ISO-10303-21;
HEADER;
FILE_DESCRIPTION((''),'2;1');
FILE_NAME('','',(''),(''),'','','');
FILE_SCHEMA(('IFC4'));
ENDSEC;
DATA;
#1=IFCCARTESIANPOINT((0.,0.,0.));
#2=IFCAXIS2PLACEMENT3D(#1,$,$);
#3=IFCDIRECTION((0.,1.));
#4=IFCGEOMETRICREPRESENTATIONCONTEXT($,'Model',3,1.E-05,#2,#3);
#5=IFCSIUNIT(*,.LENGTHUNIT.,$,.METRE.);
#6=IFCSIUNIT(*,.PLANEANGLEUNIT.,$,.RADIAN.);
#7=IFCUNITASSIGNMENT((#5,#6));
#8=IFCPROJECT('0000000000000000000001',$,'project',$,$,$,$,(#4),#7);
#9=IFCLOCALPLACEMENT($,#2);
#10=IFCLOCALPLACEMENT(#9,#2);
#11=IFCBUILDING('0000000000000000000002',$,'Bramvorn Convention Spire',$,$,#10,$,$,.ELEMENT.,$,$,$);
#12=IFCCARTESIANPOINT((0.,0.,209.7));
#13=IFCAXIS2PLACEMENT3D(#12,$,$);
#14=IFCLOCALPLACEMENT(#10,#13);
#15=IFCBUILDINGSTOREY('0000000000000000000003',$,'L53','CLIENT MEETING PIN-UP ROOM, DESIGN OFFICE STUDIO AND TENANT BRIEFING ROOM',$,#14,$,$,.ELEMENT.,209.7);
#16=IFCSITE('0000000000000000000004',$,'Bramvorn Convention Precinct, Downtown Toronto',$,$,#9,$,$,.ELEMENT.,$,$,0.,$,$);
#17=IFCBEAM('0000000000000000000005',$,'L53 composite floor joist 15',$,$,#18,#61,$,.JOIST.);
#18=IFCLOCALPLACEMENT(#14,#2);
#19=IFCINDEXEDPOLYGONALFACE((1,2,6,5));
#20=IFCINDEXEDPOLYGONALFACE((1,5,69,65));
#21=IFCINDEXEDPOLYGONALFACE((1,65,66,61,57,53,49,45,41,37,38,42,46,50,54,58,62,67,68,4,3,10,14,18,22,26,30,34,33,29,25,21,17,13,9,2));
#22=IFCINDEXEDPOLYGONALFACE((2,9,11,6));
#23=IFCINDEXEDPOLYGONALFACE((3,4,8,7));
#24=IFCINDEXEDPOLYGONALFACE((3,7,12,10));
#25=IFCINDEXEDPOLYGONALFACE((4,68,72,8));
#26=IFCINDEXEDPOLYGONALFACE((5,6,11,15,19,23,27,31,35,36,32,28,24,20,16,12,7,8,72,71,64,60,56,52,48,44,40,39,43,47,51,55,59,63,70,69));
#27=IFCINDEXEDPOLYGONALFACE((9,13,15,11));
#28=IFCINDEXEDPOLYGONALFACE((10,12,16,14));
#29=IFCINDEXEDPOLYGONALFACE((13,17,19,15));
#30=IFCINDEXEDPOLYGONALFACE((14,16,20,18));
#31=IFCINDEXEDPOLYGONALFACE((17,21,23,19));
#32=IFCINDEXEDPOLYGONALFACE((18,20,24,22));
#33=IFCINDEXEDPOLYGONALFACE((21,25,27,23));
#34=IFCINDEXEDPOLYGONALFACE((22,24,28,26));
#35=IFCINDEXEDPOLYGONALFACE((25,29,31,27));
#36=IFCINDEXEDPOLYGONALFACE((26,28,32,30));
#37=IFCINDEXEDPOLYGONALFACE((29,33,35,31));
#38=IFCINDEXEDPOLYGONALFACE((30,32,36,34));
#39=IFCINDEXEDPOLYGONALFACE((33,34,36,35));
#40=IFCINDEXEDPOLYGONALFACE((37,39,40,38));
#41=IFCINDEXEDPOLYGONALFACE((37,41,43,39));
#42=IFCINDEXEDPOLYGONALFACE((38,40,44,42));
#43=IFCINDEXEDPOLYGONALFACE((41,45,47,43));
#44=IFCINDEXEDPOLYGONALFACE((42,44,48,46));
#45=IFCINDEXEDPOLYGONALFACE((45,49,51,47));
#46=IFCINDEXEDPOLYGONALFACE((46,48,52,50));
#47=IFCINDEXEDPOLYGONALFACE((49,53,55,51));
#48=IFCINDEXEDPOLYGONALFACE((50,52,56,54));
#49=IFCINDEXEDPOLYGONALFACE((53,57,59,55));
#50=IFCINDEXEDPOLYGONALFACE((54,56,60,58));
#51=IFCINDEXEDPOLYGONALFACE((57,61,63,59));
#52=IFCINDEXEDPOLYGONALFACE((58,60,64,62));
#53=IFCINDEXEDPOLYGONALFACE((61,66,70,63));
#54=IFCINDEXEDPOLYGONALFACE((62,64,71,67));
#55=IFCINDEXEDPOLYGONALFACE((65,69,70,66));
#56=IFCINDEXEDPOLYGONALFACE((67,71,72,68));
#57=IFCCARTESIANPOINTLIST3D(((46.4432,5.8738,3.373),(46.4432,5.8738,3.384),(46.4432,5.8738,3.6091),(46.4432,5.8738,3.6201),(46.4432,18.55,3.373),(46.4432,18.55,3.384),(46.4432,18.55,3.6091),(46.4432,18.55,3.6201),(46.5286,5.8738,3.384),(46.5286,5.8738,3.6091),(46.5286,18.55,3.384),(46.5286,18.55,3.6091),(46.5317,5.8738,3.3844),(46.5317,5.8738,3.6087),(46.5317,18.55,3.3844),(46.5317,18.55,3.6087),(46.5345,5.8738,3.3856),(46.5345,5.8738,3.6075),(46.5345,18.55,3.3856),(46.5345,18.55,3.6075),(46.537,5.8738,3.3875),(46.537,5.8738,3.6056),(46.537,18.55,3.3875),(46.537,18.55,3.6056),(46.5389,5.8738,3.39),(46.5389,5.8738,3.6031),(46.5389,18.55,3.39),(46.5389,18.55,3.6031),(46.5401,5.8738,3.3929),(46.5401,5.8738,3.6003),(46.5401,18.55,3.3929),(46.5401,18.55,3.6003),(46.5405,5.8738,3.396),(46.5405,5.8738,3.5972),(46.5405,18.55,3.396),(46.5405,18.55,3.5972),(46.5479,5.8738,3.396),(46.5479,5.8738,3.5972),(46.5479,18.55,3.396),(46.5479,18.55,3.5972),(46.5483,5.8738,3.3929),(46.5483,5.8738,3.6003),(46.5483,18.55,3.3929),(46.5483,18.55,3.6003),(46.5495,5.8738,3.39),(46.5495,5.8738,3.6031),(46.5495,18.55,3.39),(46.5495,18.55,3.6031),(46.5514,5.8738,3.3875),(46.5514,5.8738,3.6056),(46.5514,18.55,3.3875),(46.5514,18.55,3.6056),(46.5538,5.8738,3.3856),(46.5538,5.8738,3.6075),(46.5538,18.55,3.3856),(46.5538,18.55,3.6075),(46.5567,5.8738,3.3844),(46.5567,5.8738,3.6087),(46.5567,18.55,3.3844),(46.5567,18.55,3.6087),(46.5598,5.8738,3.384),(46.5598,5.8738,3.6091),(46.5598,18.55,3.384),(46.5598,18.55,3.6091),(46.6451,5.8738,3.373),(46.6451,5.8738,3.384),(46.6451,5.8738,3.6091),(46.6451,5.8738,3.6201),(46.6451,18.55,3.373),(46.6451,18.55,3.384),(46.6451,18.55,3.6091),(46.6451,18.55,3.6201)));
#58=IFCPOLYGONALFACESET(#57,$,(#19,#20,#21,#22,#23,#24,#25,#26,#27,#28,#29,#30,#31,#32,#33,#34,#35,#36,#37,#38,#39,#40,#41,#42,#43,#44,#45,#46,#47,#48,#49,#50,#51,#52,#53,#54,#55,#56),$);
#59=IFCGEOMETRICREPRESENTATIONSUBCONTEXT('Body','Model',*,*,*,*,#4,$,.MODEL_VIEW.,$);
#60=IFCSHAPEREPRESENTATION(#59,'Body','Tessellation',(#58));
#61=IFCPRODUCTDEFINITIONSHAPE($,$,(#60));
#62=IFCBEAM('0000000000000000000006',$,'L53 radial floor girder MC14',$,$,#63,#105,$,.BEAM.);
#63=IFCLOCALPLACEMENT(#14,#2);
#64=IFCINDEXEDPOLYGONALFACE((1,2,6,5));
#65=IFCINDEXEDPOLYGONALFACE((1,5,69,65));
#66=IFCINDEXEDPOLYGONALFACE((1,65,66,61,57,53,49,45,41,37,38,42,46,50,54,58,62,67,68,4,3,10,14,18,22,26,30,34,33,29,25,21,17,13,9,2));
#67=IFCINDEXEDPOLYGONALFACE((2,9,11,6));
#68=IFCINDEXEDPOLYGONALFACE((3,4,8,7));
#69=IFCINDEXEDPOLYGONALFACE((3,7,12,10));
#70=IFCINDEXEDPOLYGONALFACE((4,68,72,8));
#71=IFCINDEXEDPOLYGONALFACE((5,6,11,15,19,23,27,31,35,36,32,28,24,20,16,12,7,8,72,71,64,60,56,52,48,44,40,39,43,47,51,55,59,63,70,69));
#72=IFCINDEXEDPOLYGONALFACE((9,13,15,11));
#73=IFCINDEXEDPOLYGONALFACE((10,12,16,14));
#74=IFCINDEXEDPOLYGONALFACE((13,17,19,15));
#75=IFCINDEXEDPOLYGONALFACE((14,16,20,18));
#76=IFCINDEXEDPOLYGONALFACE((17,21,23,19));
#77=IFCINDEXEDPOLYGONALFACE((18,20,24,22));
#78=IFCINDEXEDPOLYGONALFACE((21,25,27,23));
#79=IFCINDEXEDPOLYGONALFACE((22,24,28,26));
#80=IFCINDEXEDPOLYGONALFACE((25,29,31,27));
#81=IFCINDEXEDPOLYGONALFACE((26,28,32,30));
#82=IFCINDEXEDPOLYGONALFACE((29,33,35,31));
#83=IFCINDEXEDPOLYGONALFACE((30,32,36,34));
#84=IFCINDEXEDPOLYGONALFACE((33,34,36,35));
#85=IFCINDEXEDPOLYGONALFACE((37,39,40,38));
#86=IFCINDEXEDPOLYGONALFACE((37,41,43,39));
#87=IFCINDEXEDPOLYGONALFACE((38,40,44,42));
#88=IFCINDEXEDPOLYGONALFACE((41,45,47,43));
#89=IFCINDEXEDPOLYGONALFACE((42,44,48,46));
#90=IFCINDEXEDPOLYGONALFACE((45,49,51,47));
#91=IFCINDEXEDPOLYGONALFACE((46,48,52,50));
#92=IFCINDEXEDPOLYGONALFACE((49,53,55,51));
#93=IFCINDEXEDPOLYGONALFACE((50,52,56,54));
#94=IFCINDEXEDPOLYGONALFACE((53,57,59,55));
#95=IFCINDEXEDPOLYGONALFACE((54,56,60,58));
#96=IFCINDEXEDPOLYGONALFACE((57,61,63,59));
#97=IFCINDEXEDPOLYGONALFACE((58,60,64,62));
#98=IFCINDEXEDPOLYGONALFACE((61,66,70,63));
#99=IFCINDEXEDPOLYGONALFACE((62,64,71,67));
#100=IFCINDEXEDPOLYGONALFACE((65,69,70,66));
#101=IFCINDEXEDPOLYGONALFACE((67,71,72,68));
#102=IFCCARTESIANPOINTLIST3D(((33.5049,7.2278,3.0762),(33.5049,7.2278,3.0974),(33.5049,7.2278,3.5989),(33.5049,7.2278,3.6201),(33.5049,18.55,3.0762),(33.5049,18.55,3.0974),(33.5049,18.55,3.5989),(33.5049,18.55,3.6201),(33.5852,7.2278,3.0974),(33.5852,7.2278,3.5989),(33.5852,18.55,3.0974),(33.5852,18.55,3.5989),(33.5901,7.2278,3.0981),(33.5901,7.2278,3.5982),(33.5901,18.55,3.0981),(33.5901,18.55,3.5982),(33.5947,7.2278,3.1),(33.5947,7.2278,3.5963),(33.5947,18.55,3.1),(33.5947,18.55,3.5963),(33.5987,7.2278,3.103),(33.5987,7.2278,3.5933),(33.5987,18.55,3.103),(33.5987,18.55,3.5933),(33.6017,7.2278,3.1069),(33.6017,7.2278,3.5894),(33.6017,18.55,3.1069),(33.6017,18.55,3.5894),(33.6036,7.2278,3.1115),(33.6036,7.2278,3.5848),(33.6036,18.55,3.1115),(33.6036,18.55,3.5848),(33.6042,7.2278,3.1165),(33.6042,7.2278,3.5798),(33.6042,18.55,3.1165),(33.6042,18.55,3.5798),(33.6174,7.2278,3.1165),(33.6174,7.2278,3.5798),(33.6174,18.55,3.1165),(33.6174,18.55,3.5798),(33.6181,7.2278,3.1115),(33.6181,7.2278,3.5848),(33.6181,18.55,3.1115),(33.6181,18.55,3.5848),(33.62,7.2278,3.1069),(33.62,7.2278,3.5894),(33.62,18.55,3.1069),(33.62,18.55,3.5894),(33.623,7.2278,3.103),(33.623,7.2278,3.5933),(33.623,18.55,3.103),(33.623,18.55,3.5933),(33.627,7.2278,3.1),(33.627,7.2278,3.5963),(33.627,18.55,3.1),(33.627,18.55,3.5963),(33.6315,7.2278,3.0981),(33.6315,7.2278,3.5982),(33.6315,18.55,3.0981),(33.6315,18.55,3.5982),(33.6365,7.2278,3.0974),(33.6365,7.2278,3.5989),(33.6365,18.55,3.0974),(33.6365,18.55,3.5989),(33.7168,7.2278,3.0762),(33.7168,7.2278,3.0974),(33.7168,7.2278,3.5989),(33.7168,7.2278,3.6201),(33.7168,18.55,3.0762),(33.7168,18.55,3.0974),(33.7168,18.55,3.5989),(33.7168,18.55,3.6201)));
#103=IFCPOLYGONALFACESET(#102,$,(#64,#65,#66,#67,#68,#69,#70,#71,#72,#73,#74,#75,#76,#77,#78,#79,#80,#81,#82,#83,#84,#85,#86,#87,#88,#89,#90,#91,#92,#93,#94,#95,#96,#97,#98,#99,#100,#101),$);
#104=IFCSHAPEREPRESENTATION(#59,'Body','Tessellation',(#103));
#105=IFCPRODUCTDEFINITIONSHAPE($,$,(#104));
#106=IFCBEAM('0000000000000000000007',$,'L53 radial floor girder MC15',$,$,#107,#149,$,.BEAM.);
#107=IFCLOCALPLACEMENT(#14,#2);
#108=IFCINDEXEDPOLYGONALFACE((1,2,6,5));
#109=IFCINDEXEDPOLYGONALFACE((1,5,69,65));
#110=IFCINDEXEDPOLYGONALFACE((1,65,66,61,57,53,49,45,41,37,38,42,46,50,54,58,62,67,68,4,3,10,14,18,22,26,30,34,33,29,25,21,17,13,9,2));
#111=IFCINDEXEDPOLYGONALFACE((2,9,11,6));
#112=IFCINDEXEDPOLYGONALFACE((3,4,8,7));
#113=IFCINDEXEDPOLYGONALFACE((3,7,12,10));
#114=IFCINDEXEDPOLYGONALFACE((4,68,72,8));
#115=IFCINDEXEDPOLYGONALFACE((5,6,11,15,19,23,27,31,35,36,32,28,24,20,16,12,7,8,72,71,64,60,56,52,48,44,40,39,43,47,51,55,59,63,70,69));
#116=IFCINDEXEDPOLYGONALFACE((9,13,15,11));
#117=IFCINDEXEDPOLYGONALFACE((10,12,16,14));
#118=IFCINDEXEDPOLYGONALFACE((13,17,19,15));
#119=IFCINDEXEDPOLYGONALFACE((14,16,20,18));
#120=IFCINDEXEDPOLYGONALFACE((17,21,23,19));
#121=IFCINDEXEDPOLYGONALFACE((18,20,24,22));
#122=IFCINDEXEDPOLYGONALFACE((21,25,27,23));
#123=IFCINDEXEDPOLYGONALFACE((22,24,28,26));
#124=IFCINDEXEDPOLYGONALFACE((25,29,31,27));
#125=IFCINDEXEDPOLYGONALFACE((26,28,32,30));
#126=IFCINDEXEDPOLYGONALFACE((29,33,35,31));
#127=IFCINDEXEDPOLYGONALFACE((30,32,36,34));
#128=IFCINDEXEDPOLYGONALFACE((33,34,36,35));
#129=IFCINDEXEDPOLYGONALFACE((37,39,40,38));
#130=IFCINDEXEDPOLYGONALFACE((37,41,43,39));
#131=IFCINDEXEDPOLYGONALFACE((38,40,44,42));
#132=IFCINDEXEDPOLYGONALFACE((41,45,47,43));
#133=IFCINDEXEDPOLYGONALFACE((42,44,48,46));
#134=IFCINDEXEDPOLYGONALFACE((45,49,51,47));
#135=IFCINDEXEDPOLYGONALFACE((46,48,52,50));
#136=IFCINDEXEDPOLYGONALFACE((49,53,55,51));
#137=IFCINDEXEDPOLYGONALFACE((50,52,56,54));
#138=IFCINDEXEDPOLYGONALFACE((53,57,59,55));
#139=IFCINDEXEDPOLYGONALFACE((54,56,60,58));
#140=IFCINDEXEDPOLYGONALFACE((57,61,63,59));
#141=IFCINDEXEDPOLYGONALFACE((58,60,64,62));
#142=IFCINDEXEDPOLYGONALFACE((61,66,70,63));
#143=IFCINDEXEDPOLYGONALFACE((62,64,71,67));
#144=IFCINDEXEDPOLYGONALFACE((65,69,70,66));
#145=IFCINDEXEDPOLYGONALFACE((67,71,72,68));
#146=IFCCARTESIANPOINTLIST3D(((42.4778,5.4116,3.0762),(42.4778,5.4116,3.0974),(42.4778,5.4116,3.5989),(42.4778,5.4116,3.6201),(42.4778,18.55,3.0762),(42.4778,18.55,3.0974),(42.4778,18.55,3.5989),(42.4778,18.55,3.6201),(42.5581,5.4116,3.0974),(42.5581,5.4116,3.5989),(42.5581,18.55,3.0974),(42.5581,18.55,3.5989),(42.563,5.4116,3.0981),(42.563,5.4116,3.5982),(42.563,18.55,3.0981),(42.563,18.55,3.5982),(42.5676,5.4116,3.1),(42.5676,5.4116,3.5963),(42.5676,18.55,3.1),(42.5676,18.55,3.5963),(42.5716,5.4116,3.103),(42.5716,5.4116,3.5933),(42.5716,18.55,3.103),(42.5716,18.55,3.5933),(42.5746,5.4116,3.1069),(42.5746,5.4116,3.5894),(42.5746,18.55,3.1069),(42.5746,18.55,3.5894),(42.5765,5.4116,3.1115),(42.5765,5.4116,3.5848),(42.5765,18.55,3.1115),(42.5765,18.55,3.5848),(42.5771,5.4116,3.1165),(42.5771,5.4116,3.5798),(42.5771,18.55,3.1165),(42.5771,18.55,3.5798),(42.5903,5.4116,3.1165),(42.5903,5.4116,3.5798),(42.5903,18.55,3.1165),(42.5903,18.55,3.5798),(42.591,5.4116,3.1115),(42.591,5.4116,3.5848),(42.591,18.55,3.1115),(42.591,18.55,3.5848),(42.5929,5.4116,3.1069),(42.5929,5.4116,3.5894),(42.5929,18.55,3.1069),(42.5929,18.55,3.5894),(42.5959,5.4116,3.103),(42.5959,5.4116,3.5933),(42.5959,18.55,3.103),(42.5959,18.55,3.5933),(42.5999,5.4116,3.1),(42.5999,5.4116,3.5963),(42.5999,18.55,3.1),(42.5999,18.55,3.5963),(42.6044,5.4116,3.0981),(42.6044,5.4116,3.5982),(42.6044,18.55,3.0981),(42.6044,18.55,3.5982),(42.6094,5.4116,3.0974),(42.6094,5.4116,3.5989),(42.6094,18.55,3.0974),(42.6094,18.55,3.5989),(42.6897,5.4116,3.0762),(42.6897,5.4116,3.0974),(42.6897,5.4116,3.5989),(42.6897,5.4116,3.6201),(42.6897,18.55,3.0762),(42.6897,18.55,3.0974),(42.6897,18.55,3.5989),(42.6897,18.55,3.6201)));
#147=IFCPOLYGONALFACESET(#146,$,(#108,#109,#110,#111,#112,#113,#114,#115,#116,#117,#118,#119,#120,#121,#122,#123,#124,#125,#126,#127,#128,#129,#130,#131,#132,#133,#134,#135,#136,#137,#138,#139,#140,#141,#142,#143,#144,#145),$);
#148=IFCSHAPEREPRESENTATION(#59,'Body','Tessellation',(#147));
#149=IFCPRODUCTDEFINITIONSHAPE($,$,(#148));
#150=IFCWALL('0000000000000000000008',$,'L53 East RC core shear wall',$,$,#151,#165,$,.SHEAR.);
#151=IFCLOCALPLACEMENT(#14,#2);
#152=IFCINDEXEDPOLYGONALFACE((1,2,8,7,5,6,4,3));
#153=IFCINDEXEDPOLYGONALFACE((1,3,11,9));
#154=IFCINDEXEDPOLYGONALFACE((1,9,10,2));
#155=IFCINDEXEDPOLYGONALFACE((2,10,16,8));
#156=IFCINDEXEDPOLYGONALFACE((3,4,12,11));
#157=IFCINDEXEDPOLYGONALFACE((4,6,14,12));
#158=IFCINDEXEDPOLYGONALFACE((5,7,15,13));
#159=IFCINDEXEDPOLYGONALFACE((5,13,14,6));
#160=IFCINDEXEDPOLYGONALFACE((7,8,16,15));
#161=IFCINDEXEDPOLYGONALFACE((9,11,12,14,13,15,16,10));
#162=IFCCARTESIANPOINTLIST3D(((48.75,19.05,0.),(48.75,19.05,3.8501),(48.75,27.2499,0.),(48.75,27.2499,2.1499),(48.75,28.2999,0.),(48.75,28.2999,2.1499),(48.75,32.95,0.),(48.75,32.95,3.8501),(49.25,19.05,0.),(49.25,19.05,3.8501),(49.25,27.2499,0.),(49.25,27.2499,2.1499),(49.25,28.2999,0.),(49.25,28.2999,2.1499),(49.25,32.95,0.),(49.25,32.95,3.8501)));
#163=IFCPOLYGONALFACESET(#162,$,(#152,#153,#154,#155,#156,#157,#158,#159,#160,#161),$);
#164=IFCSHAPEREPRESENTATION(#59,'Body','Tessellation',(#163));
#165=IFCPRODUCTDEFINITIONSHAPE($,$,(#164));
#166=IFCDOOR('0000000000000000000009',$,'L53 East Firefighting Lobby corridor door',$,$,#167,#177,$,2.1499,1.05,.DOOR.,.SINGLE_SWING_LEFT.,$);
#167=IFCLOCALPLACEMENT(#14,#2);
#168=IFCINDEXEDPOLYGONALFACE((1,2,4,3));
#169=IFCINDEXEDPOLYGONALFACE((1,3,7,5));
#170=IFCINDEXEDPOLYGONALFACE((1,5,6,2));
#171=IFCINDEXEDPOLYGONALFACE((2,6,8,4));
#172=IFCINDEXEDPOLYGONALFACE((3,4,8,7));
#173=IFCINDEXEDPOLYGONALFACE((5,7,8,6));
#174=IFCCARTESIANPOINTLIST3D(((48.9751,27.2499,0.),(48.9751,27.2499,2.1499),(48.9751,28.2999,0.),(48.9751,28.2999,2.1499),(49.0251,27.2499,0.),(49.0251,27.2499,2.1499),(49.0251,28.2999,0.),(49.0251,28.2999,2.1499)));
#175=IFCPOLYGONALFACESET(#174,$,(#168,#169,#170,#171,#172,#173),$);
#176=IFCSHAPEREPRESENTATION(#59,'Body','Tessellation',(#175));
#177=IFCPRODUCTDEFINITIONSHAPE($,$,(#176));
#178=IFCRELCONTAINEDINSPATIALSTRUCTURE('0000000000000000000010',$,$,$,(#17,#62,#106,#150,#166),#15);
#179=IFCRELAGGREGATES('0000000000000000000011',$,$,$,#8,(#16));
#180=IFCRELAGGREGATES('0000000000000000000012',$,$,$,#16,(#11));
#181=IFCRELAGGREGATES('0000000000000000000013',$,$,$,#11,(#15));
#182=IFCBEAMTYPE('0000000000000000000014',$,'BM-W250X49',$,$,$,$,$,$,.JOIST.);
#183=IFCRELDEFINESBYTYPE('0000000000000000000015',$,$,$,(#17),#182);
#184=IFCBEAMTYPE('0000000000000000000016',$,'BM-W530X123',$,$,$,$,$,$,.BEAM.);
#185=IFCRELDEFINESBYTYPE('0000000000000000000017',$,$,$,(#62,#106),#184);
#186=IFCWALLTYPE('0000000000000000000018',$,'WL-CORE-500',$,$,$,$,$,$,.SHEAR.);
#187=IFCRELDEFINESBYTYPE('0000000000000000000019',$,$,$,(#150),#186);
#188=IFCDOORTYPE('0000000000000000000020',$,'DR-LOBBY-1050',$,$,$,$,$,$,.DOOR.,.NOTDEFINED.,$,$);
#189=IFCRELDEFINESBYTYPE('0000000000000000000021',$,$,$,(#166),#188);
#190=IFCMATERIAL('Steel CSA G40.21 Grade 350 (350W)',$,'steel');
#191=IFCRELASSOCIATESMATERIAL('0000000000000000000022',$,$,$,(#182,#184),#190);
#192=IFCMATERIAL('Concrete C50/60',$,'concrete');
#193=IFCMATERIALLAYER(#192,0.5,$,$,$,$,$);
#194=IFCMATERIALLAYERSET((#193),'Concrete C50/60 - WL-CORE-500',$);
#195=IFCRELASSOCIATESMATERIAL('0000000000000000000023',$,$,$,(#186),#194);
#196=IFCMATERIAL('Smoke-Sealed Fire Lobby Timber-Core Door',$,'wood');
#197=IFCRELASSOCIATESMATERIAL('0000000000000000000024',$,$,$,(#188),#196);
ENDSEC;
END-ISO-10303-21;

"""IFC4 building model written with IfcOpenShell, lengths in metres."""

from ifc_helpers import new_model, si_unit, direction, frame, frame_2d, origin, origin_2d, place, context, subcontext, project, spatial, rectangle, i_section, extrude, material, layer, layer_set, material_profile, profile_set, type_object, element, fill, save


model = new_model("IFC4")

# Units and contexts
model_context = context("Model", 3, precision=1e-05, world=origin(), true_north=direction((0.0, 1.0)))
body_context = subcontext(model_context, "Body", "Model", "MODEL_VIEW")
ifc_project = project(units=[si_unit("LENGTHUNIT", "METRE"), si_unit("PLANEANGLEUNIT", "RADIAN")], contexts=[model_context])

# Site, building, storey
site_placement = place(None, origin())
site = spatial("IfcSite", under=ifc_project, at=site_placement, Name="Bramvorn Convention Precinct, Downtown Toronto", CompositionType="ELEMENT", RefElevation=0.0)
building_placement = place(site_placement, origin())
building = spatial("IfcBuilding", under=site, at=building_placement, Name="Bramvorn Convention Spire", CompositionType="ELEMENT")
storey_placement = place(building_placement, frame((0.0, 0.0, 209.7)))
storey = spatial("IfcBuildingStorey", under=building, at=storey_placement, Name="L53", Description="CLIENT MEETING PIN-UP ROOM, DESIGN OFFICE STUDIO AND TENANT BRIEFING ROOM", CompositionType="ELEMENT", Elevation=209.7)

# Beams
ifc_material_1 = material(Name="Steel CSA G40.21 Grade 350 (350W)", Category="steel")
ifc_material_profile_1 = material_profile(ifc_material_1, i_section(OverallWidth=0.2019, OverallDepth=0.2471, WebThickness=0.0073, FlangeThickness=0.011, FilletRadius=0.012, at=origin_2d()))
ifc_profile_set_1 = profile_set([ifc_material_profile_1], Name="Steel CSA G40.21 Grade 350 (350W) - W250X49")
beam_type_1 = type_object("IfcBeamType", Name="BM-W250X49", PredefinedType="JOIST", material=ifc_profile_set_1)
beam_1_placement = place(storey_placement, frame((46.5442, 18.55, 3.4966), z_axis=(0.0, -1.0, 0.0), x_axis=(1.0, 0.0, 0.0)))
element("IfcBeam", 1, at=beam_1_placement, inside=storey, type_object=beam_type_1, Name="L53 composite floor joist 15", PredefinedType="JOIST", context=body_context, shape_type="SweptSolid", body=[
    extrude(i_section(OverallWidth=0.2019, OverallDepth=0.2471, WebThickness=0.0073, FlangeThickness=0.011, FilletRadius=0.012, at=origin_2d()), origin(), (0.0, 0.0, 1.0), 12.6763),
])
ifc_material_profile_2 = material_profile(ifc_material_1, i_section(OverallWidth=0.2119, OverallDepth=0.5439, WebThickness=0.0132, FlangeThickness=0.0212, FilletRadius=0.019, at=origin_2d()))
ifc_profile_set_2 = profile_set([ifc_material_profile_2], Name="Steel CSA G40.21 Grade 350 (350W) - W530X123")
beam_type_2 = type_object("IfcBeamType", Name="BM-W530X123", PredefinedType="BEAM", material=ifc_profile_set_2)
beam_2_placement = place(storey_placement, frame((33.6108, 18.55, 3.3481), z_axis=(0.0, -1.0, 0.0), x_axis=(1.0, 0.0, 0.0)))
element("IfcBeam", 2, at=beam_2_placement, inside=storey, type_object=beam_type_2, Name="L53 radial floor girder MC14", PredefinedType="BEAM", context=body_context, shape_type="SweptSolid", body=[
    extrude(i_section(OverallWidth=0.2119, OverallDepth=0.5439, WebThickness=0.0132, FlangeThickness=0.0212, FilletRadius=0.019, at=origin_2d()), origin(), (0.0, 0.0, 1.0), 11.3223),
])
beam_3_placement = place(storey_placement, frame((42.5837, 18.55, 3.3481), z_axis=(0.0, -1.0, 0.0), x_axis=(1.0, 0.0, 0.0)))
element("IfcBeam", 3, at=beam_3_placement, inside=storey, type_object=beam_type_2, Name="L53 radial floor girder MC15", PredefinedType="BEAM", context=body_context, shape_type="SweptSolid", body=[
    extrude(i_section(OverallWidth=0.2119, OverallDepth=0.5439, WebThickness=0.0132, FlangeThickness=0.0212, FilletRadius=0.019, at=origin_2d()), origin(), (0.0, 0.0, 1.0), 13.1384),
])

# Wall, opening, door
ifc_material_2 = material(Name="Concrete C50/60", Category="concrete")
ifc_layer_1 = layer(ifc_material_2, 0.5)
ifc_layer_set_1 = layer_set([ifc_layer_1], Name="Concrete C50/60 - WL-CORE-500")
wall_type_1 = type_object("IfcWallType", Name="WL-CORE-500", PredefinedType="SHEAR", material=ifc_layer_set_1)
wall_1_placement = place(storey_placement, frame((49.0, 19.05, 0.0), z_axis=(0.0, 0.0, 1.0), x_axis=(0.0, 1.0, 0.0)))
wall_1 = element("IfcWall", 4, at=wall_1_placement, inside=storey, type_object=wall_type_1, Name="L53 East RC core shear wall", PredefinedType="SHEAR", context=body_context, shape_type="SweptSolid", body=[
    extrude(rectangle(XDim=13.8999, YDim=0.5, at=frame_2d((6.95, 0.0))), origin(), (0.0, 0.0, 1.0), 3.8501),
])
opening_1_placement = place(wall_1_placement, frame((8.2, 0.0, 0.0)))
opening_1 = element("IfcOpeningElement", 5, at=opening_1_placement, cuts=wall_1, PredefinedType="OPENING", context=body_context, shape_type="SweptSolid", body=[
    extrude(rectangle(XDim=1.05, YDim=2.1499, at=frame_2d((0.5249, 1.075))), frame((0.0, 0.26, 0.0), z_axis=(0.0, -1.0, 0.0), x_axis=(1.0, 0.0, 0.0)), (0.0, 0.0, 1.0), 0.52),
])
ifc_material_3 = material(Name="Smoke-Sealed Fire Lobby Timber-Core Door", Category="wood")
door_type_1 = type_object("IfcDoorType", Name="DR-LOBBY-1050", OperationType="NOTDEFINED", PredefinedType="DOOR", material=ifc_material_3)
door_1_placement = place(opening_1_placement, origin())
door_1 = element("IfcDoor", 6, at=door_1_placement, inside=storey, type_object=door_type_1, Name="L53 East Firefighting Lobby corridor door", OperationType="SINGLE_SWING_LEFT", OverallHeight=2.1499, OverallWidth=1.05, PredefinedType="DOOR", context=body_context, shape_type="SweptSolid", body=[
    extrude(rectangle(XDim=1.05, YDim=2.1499, at=frame_2d((0.5249, 1.075))), frame((0.0, 0.0249, 0.0), z_axis=(0.0, -1.0, 0.0), x_axis=(1.0, 0.0, 0.0)), (0.0, 0.0, 1.0), 0.05),
])
fill(opening_1, door_1)

save(model, "model.ifc")
